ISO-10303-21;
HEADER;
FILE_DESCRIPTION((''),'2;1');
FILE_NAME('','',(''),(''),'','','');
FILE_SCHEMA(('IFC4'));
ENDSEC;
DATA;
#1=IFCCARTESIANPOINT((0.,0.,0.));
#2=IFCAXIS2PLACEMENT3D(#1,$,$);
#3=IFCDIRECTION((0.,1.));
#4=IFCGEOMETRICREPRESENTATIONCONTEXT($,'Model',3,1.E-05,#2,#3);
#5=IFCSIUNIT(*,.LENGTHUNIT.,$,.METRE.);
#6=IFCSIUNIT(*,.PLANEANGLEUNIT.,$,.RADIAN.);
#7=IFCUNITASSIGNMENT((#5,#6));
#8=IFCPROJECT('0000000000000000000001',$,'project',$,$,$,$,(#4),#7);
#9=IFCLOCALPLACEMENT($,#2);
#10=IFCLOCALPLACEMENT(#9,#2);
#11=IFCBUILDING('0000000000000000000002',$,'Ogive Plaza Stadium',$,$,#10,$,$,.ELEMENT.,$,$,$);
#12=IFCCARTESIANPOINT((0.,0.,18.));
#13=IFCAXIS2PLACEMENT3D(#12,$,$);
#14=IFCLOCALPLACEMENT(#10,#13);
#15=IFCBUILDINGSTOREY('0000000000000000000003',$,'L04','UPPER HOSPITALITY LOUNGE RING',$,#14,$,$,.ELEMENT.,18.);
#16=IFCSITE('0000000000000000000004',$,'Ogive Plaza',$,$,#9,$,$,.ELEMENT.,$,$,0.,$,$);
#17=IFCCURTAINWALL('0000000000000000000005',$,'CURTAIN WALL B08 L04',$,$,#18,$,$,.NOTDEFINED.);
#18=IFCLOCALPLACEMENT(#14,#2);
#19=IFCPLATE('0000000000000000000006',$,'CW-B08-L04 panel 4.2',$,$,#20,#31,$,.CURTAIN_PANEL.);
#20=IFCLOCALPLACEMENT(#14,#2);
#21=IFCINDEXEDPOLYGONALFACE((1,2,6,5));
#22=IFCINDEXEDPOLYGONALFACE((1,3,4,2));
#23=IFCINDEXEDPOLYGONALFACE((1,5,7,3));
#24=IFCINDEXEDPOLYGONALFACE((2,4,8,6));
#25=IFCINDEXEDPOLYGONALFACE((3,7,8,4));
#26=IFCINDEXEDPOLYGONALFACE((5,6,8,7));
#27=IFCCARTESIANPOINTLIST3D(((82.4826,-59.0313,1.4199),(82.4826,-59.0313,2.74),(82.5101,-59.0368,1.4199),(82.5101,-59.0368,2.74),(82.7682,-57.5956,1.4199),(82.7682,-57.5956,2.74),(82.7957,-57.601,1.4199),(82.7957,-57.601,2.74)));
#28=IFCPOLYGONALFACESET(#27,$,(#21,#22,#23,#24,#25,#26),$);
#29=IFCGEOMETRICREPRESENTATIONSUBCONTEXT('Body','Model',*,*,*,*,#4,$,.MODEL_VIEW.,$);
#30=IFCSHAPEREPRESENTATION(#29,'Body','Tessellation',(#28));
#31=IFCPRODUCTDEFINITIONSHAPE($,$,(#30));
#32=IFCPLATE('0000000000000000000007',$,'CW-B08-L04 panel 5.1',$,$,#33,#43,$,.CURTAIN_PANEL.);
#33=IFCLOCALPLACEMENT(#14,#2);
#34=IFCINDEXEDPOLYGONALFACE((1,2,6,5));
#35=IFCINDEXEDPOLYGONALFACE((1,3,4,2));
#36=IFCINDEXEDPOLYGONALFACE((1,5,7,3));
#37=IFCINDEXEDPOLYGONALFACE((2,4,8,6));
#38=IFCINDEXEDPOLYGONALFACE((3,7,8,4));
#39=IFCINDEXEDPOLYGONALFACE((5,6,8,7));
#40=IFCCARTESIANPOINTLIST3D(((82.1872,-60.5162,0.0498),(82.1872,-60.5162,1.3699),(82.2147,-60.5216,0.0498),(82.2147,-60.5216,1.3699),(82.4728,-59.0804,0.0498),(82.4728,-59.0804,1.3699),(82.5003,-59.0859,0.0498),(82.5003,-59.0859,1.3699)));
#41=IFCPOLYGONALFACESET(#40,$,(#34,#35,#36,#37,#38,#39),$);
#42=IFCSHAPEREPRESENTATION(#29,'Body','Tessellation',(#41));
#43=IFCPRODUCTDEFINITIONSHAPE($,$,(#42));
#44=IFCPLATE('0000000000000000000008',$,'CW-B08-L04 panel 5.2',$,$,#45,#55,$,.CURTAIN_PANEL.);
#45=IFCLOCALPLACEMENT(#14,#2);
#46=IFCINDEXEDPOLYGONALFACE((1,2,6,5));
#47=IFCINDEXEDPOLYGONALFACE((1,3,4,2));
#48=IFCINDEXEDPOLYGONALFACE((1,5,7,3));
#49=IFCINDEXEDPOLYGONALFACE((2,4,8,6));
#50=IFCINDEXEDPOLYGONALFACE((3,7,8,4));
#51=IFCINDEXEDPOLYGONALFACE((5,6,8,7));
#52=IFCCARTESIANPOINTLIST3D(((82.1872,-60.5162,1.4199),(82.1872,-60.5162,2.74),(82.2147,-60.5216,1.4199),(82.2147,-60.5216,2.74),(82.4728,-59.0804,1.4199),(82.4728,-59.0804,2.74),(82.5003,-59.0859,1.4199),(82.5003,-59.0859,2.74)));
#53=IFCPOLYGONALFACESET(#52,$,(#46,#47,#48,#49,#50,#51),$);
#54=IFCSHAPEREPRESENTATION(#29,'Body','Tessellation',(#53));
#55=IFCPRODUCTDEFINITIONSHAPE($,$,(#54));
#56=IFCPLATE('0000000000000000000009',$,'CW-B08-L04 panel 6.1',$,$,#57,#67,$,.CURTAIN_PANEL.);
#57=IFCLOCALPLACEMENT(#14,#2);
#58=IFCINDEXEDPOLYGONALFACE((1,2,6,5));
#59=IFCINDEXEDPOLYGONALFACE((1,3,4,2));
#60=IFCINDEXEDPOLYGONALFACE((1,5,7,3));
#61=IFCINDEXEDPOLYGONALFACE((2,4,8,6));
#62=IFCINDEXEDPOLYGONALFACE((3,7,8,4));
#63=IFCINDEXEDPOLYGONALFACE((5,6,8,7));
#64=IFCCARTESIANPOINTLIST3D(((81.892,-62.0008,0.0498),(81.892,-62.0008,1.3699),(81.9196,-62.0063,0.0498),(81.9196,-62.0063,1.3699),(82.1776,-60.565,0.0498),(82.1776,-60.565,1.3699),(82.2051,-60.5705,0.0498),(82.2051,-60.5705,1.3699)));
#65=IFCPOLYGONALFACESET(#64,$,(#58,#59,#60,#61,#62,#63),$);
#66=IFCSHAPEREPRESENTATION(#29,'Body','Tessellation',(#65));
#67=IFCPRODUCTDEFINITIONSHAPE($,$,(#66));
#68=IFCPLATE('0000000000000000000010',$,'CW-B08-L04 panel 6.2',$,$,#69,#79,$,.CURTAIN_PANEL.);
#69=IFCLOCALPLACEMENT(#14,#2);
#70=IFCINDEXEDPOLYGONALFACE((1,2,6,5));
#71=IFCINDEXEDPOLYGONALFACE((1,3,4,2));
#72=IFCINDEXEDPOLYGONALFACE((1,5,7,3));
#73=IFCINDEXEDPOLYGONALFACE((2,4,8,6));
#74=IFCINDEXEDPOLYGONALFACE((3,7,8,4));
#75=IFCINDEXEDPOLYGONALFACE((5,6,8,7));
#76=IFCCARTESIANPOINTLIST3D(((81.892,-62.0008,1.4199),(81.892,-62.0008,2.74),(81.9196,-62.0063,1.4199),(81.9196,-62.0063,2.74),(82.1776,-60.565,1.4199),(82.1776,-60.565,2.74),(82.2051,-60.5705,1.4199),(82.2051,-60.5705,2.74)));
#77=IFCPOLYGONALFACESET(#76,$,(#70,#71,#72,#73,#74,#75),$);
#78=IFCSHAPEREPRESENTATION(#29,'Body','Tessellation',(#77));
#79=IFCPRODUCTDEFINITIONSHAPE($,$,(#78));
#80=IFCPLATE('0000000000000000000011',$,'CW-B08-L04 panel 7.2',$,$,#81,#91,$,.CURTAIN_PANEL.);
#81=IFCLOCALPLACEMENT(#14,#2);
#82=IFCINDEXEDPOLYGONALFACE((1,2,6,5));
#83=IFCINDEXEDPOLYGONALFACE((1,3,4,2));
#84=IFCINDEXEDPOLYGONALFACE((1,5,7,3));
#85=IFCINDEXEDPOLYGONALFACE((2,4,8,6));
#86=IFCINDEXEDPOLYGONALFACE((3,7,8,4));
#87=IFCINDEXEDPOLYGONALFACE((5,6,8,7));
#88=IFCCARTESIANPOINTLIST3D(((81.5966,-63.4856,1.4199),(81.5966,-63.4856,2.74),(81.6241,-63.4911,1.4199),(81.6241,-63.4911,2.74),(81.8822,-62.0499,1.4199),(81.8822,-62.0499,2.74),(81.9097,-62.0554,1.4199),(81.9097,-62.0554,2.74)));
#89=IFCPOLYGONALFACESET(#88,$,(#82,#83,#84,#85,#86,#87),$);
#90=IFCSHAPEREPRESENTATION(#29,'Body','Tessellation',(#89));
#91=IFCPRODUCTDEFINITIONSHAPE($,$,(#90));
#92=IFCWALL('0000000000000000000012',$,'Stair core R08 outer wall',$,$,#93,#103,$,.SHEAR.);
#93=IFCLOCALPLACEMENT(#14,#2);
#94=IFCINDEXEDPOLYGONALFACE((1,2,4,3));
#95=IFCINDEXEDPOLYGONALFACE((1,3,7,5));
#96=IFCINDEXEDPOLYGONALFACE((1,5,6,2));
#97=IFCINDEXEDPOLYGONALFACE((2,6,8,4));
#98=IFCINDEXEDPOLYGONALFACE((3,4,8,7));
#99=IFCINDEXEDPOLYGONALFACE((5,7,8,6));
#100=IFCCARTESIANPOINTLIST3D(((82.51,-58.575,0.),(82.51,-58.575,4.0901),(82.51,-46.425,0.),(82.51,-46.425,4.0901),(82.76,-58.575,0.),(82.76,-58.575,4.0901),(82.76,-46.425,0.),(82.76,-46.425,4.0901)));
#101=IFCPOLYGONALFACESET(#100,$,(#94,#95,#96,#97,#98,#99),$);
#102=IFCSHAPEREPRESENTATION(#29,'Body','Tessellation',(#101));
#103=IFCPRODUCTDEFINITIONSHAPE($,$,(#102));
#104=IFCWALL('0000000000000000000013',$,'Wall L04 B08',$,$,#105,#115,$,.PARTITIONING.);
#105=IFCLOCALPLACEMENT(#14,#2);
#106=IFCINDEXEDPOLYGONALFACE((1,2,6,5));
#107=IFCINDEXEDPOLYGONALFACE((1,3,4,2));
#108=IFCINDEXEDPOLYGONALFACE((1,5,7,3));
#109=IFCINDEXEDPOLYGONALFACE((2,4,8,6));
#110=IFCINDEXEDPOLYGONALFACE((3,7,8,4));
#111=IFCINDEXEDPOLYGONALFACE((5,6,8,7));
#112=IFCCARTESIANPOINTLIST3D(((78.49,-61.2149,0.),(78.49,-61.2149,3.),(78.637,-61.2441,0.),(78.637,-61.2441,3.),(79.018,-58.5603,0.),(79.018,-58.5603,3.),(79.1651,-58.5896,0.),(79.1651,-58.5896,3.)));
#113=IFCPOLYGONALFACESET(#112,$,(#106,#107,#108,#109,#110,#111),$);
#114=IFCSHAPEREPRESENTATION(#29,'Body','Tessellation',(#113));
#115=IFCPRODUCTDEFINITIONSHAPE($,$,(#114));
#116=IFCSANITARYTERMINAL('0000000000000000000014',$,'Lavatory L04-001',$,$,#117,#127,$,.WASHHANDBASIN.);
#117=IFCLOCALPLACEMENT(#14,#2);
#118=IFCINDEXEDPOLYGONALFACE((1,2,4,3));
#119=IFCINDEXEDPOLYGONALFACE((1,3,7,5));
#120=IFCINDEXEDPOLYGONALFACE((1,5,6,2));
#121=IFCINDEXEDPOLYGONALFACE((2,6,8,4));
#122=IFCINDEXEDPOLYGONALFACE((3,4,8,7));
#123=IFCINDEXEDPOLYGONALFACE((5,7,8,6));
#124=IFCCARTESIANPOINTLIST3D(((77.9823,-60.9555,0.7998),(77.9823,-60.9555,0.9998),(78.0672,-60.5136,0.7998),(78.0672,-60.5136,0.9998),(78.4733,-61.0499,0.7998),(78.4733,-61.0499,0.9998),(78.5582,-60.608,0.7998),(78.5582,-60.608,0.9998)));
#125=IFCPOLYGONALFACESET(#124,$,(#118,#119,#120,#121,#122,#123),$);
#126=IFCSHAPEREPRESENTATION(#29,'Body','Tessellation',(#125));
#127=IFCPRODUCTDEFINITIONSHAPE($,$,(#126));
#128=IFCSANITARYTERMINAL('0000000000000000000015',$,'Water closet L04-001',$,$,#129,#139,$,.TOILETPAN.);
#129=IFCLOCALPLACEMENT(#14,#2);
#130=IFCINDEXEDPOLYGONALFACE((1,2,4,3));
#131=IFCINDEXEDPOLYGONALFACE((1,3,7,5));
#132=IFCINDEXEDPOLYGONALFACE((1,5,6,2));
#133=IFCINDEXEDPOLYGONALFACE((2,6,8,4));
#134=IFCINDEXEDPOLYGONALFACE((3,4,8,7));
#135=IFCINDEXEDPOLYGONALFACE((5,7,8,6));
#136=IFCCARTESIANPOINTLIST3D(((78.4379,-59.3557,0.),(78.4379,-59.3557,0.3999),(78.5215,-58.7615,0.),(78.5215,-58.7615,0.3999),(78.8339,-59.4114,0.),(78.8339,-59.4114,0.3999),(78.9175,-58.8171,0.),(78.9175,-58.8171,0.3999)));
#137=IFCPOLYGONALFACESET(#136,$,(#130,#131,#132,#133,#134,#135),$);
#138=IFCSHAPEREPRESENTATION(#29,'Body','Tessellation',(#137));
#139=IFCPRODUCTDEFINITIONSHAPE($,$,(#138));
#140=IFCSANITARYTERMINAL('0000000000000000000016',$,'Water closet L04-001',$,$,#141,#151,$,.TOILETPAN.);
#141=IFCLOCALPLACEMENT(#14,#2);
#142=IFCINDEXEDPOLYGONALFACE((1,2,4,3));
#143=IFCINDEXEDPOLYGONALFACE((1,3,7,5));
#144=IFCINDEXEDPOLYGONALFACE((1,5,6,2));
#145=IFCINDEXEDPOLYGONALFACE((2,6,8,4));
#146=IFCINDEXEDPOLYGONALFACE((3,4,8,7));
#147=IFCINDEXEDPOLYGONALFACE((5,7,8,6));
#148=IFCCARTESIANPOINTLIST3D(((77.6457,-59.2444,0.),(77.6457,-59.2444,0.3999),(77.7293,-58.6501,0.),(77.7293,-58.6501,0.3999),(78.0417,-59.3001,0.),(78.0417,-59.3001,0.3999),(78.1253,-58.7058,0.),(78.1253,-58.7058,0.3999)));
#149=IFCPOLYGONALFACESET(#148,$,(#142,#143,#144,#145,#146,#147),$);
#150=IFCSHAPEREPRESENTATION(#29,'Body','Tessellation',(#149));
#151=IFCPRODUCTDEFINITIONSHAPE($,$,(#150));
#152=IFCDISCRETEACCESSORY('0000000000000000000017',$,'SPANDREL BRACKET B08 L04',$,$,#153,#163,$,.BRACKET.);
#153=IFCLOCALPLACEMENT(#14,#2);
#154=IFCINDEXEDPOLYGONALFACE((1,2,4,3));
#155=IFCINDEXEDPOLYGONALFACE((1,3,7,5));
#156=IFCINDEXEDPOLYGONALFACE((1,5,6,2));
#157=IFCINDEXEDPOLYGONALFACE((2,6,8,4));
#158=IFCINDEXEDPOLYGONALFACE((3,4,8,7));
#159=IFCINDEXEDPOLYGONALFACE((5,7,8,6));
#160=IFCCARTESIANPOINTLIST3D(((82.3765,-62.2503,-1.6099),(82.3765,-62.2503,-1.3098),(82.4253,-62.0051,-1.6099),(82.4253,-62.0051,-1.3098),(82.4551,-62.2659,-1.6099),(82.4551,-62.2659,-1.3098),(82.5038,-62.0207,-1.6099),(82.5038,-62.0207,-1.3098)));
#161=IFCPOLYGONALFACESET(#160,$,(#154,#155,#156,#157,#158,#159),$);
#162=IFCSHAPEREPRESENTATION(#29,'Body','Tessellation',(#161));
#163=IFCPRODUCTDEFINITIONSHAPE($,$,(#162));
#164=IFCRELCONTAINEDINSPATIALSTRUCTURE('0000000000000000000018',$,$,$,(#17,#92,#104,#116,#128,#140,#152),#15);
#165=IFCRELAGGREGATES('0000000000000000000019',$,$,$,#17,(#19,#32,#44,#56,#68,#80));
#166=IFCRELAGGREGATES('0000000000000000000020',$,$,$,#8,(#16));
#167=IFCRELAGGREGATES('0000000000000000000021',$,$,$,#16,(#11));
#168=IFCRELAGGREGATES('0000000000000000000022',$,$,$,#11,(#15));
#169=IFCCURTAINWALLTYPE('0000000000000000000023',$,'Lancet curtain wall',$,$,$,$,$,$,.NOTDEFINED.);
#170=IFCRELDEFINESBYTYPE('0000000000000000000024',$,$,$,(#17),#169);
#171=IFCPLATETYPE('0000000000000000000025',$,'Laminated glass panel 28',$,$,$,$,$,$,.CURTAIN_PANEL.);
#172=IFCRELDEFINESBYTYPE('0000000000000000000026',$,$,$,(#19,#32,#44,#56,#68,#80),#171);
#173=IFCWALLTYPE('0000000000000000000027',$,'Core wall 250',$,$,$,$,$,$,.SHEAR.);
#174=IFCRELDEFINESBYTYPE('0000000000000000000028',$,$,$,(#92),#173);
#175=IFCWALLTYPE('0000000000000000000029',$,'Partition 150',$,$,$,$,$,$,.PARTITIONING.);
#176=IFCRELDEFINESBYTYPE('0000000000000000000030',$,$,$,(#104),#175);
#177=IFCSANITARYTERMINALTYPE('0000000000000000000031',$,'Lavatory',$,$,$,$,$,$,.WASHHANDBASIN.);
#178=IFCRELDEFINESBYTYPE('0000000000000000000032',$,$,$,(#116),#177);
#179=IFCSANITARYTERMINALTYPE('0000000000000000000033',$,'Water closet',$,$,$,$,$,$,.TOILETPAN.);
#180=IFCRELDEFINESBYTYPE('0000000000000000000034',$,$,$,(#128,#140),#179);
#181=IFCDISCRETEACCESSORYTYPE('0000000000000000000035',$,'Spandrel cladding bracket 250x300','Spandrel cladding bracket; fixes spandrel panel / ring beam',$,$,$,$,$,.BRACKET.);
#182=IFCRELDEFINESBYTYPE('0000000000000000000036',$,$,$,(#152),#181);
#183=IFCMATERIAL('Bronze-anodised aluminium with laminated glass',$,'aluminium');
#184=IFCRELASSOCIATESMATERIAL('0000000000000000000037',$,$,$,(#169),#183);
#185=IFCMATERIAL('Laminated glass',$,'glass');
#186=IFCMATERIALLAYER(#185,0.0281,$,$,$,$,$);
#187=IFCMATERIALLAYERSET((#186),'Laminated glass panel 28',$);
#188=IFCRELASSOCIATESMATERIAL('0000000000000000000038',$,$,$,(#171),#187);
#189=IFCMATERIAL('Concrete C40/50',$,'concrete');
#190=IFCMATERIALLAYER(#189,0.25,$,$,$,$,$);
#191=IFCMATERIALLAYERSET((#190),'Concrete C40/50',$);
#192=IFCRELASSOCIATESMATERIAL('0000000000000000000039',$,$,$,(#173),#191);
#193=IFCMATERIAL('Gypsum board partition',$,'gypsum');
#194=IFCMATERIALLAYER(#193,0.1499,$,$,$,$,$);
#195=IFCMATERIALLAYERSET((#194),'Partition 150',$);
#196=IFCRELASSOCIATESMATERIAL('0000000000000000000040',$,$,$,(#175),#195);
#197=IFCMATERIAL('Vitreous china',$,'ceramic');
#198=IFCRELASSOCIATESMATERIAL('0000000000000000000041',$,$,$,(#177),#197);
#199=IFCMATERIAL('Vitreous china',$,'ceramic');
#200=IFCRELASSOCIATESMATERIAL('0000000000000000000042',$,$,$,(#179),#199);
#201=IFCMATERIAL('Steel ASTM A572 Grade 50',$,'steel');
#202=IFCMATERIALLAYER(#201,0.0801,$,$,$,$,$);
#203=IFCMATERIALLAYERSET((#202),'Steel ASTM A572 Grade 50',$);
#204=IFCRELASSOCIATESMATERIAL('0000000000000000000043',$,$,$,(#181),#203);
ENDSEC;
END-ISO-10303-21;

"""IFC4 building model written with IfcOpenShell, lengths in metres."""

from ifc_helpers import new_model, si_unit, direction, frame, frame_2d, origin, origin_2d, place, context, subcontext, project, spatial, rectangle, extrude, material, layer, layer_set, type_object, element, aggregate, save


model = new_model("IFC4")

# Units and contexts
model_context = context("Model", 3, precision=1e-05, world=origin(), true_north=direction((0.0, 1.0)))
body_context = subcontext(model_context, "Body", "Model", "MODEL_VIEW")
ifc_project = project(units=[si_unit("LENGTHUNIT", "METRE"), si_unit("PLANEANGLEUNIT", "RADIAN")], contexts=[model_context])

# Site, building, storey
site_placement = place(None, origin())
site = spatial("IfcSite", under=ifc_project, at=site_placement, Name="Ogive Plaza", CompositionType="ELEMENT", RefElevation=0.0)
building_placement = place(site_placement, origin())
building = spatial("IfcBuilding", under=site, at=building_placement, Name="Ogive Plaza Stadium", CompositionType="ELEMENT")
storey_placement = place(building_placement, frame((0.0, 0.0, 18.0)))
storey = spatial("IfcBuildingStorey", under=building, at=storey_placement, Name="L04", Description="UPPER HOSPITALITY LOUNGE RING", CompositionType="ELEMENT", Elevation=18.0)

# Curtain wall, plates
ifc_material_1 = material(Name="Bronze-anodised aluminium with laminated glass", Category="aluminium")
curtain_wall_type = type_object("IfcCurtainWallType", Name="Lancet curtain wall", PredefinedType="NOTDEFINED", material=ifc_material_1)
curtain_wall_placement = place(storey_placement, origin())
curtain_wall = element("IfcCurtainWall", 1, at=curtain_wall_placement, inside=storey, type_object=curtain_wall_type, Name="CURTAIN WALL B08 L04", PredefinedType="NOTDEFINED")
ifc_material_2 = material(Name="Laminated glass", Category="glass")
ifc_layer_1 = layer(ifc_material_2, 0.0281)
ifc_layer_set_1 = layer_set([ifc_layer_1], Name="Laminated glass panel 28")
plate_type = type_object("IfcPlateType", Name="Laminated glass panel 28", PredefinedType="CURTAIN_PANEL", material=ifc_layer_set_1)
plate_1_placement = place(storey_placement, frame((82.6392, -58.3162, 1.4199), z_axis=(0.0, 0.0, 1.0), x_axis=(-0.19509, -0.980785, 0.0)))
plate_1 = element("IfcPlate", 2, at=plate_1_placement, type_object=plate_type, Name="CW-B08-L04 panel 4.2", PredefinedType="CURTAIN_PANEL", context=body_context, shape_type="SweptSolid", body=[
    extrude(rectangle(XDim=1.4639, YDim=0.0281, at=origin_2d()), origin(), (0.0, 0.0, 1.0), 1.3201),
])
plate_2_placement = place(storey_placement, frame((82.3438, -59.801, 0.0498), z_axis=(0.0, 0.0, 1.0), x_axis=(-0.19509, -0.980785, 0.0)))
plate_2 = element("IfcPlate", 3, at=plate_2_placement, type_object=plate_type, Name="CW-B08-L04 panel 5.1", PredefinedType="CURTAIN_PANEL", context=body_context, shape_type="SweptSolid", body=[
    extrude(rectangle(XDim=1.4639, YDim=0.0281, at=origin_2d()), origin(), (0.0, 0.0, 1.0), 1.3201),
])
plate_3_placement = place(storey_placement, frame((82.3438, -59.801, 1.4199), z_axis=(0.0, 0.0, 1.0), x_axis=(-0.19509, -0.980785, 0.0)))
plate_3 = element("IfcPlate", 4, at=plate_3_placement, type_object=plate_type, Name="CW-B08-L04 panel 5.2", PredefinedType="CURTAIN_PANEL", context=body_context, shape_type="SweptSolid", body=[
    extrude(rectangle(XDim=1.4639, YDim=0.0281, at=origin_2d()), origin(), (0.0, 0.0, 1.0), 1.3201),
])
plate_4_placement = place(storey_placement, frame((82.0486, -61.2856, 0.0498), z_axis=(0.0, 0.0, 1.0), x_axis=(-0.19509, -0.980785, 0.0)))
plate_4 = element("IfcPlate", 5, at=plate_4_placement, type_object=plate_type, Name="CW-B08-L04 panel 6.1", PredefinedType="CURTAIN_PANEL", context=body_context, shape_type="SweptSolid", body=[
    extrude(rectangle(XDim=1.4639, YDim=0.0281, at=origin_2d()), origin(), (0.0, 0.0, 1.0), 1.3201),
])
plate_5_placement = place(storey_placement, frame((82.0486, -61.2856, 1.4199), z_axis=(0.0, 0.0, 1.0), x_axis=(-0.19509, -0.980785, 0.0)))
plate_5 = element("IfcPlate", 6, at=plate_5_placement, type_object=plate_type, Name="CW-B08-L04 panel 6.2", PredefinedType="CURTAIN_PANEL", context=body_context, shape_type="SweptSolid", body=[
    extrude(rectangle(XDim=1.4639, YDim=0.0281, at=origin_2d()), origin(), (0.0, 0.0, 1.0), 1.3201),
])
plate_6_placement = place(storey_placement, frame((81.7532, -62.7705, 1.4199), z_axis=(0.0, 0.0, 1.0), x_axis=(-0.19509, -0.980785, 0.0)))
plate_6 = element("IfcPlate", 7, at=plate_6_placement, type_object=plate_type, Name="CW-B08-L04 panel 7.2", PredefinedType="CURTAIN_PANEL", context=body_context, shape_type="SweptSolid", body=[
    extrude(rectangle(XDim=1.4639, YDim=0.0281, at=origin_2d()), origin(), (0.0, 0.0, 1.0), 1.3201),
])
aggregate(curtain_wall, [plate_1, plate_2, plate_3, plate_4, plate_5, plate_6])

# Walls
ifc_material_3 = material(Name="Concrete C40/50", Category="concrete")
ifc_layer_2 = layer(ifc_material_3, 0.25)
ifc_layer_set_2 = layer_set([ifc_layer_2], Name="Concrete C40/50")
wall_type_1 = type_object("IfcWallType", Name="Core wall 250", PredefinedType="SHEAR", material=ifc_layer_set_2)
wall_1_placement = place(storey_placement, frame((82.635, -58.575, 0.0), z_axis=(0.0, 0.0, 1.0), x_axis=(0.0, 1.0, 0.0)))
element("IfcWall", 8, at=wall_1_placement, inside=storey, type_object=wall_type_1, Name="Stair core R08 outer wall", PredefinedType="SHEAR", context=body_context, shape_type="SweptSolid", body=[
    extrude(rectangle(XDim=12.1499, YDim=0.25, at=frame_2d((6.075, 0.0))), origin(), (0.0, 0.0, 1.0), 4.0901),
])
ifc_material_4 = material(Name="Gypsum board partition", Category="gypsum")
ifc_layer_3 = layer(ifc_material_4, 0.1499)
ifc_layer_set_3 = layer_set([ifc_layer_3], Name="Partition 150")
wall_type_2 = type_object("IfcWallType", Name="Partition 150", PredefinedType="PARTITIONING", material=ifc_layer_set_3)
wall_2_placement = place(storey_placement, frame((79.0916, -58.575, 0.0), z_axis=(0.0, 0.0, 1.0), x_axis=(-0.19511, -0.980781, 0.0)))
element("IfcWall", 9, at=wall_2_placement, inside=storey, type_object=wall_type_2, Name="Wall L04 B08", PredefinedType="PARTITIONING", context=body_context, shape_type="SweptSolid", body=[
    extrude(rectangle(XDim=2.7065, YDim=0.1499, at=frame_2d((1.3533, 0.0))), origin(), (0.0, 0.0, 1.0), 3.0),
])

# Sanitary terminals
ifc_material_5 = material(Name="Vitreous china", Category="ceramic")
sanitary_terminal_type_1 = type_object("IfcSanitaryTerminalType", Name="Lavatory", PredefinedType="WASHHANDBASIN", material=ifc_material_5)
sanitary_terminal_placement = place(storey_placement, frame((78.2703, -60.7817, 0.7998), z_axis=(0.0, 0.0, 1.0), x_axis=(-0.982018, 0.188789, 0.0)))
element("IfcSanitaryTerminal", 10, at=sanitary_terminal_placement, inside=storey, type_object=sanitary_terminal_type_1, Name="Lavatory L04-001", PredefinedType="WASHHANDBASIN", context=body_context, shape_type="SweptSolid", body=[
    extrude(rectangle(XDim=0.5, YDim=0.45, at=origin_2d()), origin(), (0.0, 0.0, 1.0), 0.2),
])
ifc_material_6 = material(Name="Vitreous china", Category="ceramic")
sanitary_terminal_type_2 = type_object("IfcSanitaryTerminalType", Name="Water closet", PredefinedType="TOILETPAN", material=ifc_material_6)
for number, where, z_axis, x_axis, name in (
    (11, (78.6777, -59.0864, 0.0), (0.0, 0.0, 1.0), (-0.990254, 0.139272, 0.0), "Water closet L04-001"),
    (12, (77.8855, -58.9751, 0.0), (0.0, 0.0, 1.0), (-0.990254, 0.139272, 0.0), "Water closet L04-001"),
):
    element("IfcSanitaryTerminal", number, at=place(storey_placement, frame(where, z_axis=z_axis, x_axis=x_axis)), inside=storey, type_object=sanitary_terminal_type_2, Name=name, PredefinedType="TOILETPAN", context=body_context, shape_type="SweptSolid", body=[
        extrude(rectangle(XDim=0.3999, YDim=0.6001, at=origin_2d()), origin(), (0.0, 0.0, 1.0), 0.3999),
    ])

# Discrete accessory
ifc_material_7 = material(Name="Steel ASTM A572 Grade 50", Category="steel")
ifc_layer_4 = layer(ifc_material_7, 0.0801)
ifc_layer_set_4 = layer_set([ifc_layer_4], Name="Steel ASTM A572 Grade 50")
discrete_accessory_type = type_object("IfcDiscreteAccessoryType", Name="Spandrel cladding bracket 250x300", Description="Spandrel cladding bracket; fixes spandrel panel / ring beam", PredefinedType="BRACKET", material=ifc_layer_set_4)
discrete_accessory_placement = place(storey_placement, frame((82.4402, -62.1355, -1.6099), z_axis=(0.0, 0.0, 1.0), x_axis=(-0.19509, -0.980785, 0.0)))
element("IfcDiscreteAccessory", 13, at=discrete_accessory_placement, inside=storey, type_object=discrete_accessory_type, Name="SPANDREL BRACKET B08 L04", PredefinedType="BRACKET", context=body_context, shape_type="SweptSolid", body=[
    extrude(rectangle(XDim=0.25, YDim=0.0801, at=origin_2d()), origin(), (0.0, 0.0, 1.0), 0.3),
])

save(model, "model.ifc")
